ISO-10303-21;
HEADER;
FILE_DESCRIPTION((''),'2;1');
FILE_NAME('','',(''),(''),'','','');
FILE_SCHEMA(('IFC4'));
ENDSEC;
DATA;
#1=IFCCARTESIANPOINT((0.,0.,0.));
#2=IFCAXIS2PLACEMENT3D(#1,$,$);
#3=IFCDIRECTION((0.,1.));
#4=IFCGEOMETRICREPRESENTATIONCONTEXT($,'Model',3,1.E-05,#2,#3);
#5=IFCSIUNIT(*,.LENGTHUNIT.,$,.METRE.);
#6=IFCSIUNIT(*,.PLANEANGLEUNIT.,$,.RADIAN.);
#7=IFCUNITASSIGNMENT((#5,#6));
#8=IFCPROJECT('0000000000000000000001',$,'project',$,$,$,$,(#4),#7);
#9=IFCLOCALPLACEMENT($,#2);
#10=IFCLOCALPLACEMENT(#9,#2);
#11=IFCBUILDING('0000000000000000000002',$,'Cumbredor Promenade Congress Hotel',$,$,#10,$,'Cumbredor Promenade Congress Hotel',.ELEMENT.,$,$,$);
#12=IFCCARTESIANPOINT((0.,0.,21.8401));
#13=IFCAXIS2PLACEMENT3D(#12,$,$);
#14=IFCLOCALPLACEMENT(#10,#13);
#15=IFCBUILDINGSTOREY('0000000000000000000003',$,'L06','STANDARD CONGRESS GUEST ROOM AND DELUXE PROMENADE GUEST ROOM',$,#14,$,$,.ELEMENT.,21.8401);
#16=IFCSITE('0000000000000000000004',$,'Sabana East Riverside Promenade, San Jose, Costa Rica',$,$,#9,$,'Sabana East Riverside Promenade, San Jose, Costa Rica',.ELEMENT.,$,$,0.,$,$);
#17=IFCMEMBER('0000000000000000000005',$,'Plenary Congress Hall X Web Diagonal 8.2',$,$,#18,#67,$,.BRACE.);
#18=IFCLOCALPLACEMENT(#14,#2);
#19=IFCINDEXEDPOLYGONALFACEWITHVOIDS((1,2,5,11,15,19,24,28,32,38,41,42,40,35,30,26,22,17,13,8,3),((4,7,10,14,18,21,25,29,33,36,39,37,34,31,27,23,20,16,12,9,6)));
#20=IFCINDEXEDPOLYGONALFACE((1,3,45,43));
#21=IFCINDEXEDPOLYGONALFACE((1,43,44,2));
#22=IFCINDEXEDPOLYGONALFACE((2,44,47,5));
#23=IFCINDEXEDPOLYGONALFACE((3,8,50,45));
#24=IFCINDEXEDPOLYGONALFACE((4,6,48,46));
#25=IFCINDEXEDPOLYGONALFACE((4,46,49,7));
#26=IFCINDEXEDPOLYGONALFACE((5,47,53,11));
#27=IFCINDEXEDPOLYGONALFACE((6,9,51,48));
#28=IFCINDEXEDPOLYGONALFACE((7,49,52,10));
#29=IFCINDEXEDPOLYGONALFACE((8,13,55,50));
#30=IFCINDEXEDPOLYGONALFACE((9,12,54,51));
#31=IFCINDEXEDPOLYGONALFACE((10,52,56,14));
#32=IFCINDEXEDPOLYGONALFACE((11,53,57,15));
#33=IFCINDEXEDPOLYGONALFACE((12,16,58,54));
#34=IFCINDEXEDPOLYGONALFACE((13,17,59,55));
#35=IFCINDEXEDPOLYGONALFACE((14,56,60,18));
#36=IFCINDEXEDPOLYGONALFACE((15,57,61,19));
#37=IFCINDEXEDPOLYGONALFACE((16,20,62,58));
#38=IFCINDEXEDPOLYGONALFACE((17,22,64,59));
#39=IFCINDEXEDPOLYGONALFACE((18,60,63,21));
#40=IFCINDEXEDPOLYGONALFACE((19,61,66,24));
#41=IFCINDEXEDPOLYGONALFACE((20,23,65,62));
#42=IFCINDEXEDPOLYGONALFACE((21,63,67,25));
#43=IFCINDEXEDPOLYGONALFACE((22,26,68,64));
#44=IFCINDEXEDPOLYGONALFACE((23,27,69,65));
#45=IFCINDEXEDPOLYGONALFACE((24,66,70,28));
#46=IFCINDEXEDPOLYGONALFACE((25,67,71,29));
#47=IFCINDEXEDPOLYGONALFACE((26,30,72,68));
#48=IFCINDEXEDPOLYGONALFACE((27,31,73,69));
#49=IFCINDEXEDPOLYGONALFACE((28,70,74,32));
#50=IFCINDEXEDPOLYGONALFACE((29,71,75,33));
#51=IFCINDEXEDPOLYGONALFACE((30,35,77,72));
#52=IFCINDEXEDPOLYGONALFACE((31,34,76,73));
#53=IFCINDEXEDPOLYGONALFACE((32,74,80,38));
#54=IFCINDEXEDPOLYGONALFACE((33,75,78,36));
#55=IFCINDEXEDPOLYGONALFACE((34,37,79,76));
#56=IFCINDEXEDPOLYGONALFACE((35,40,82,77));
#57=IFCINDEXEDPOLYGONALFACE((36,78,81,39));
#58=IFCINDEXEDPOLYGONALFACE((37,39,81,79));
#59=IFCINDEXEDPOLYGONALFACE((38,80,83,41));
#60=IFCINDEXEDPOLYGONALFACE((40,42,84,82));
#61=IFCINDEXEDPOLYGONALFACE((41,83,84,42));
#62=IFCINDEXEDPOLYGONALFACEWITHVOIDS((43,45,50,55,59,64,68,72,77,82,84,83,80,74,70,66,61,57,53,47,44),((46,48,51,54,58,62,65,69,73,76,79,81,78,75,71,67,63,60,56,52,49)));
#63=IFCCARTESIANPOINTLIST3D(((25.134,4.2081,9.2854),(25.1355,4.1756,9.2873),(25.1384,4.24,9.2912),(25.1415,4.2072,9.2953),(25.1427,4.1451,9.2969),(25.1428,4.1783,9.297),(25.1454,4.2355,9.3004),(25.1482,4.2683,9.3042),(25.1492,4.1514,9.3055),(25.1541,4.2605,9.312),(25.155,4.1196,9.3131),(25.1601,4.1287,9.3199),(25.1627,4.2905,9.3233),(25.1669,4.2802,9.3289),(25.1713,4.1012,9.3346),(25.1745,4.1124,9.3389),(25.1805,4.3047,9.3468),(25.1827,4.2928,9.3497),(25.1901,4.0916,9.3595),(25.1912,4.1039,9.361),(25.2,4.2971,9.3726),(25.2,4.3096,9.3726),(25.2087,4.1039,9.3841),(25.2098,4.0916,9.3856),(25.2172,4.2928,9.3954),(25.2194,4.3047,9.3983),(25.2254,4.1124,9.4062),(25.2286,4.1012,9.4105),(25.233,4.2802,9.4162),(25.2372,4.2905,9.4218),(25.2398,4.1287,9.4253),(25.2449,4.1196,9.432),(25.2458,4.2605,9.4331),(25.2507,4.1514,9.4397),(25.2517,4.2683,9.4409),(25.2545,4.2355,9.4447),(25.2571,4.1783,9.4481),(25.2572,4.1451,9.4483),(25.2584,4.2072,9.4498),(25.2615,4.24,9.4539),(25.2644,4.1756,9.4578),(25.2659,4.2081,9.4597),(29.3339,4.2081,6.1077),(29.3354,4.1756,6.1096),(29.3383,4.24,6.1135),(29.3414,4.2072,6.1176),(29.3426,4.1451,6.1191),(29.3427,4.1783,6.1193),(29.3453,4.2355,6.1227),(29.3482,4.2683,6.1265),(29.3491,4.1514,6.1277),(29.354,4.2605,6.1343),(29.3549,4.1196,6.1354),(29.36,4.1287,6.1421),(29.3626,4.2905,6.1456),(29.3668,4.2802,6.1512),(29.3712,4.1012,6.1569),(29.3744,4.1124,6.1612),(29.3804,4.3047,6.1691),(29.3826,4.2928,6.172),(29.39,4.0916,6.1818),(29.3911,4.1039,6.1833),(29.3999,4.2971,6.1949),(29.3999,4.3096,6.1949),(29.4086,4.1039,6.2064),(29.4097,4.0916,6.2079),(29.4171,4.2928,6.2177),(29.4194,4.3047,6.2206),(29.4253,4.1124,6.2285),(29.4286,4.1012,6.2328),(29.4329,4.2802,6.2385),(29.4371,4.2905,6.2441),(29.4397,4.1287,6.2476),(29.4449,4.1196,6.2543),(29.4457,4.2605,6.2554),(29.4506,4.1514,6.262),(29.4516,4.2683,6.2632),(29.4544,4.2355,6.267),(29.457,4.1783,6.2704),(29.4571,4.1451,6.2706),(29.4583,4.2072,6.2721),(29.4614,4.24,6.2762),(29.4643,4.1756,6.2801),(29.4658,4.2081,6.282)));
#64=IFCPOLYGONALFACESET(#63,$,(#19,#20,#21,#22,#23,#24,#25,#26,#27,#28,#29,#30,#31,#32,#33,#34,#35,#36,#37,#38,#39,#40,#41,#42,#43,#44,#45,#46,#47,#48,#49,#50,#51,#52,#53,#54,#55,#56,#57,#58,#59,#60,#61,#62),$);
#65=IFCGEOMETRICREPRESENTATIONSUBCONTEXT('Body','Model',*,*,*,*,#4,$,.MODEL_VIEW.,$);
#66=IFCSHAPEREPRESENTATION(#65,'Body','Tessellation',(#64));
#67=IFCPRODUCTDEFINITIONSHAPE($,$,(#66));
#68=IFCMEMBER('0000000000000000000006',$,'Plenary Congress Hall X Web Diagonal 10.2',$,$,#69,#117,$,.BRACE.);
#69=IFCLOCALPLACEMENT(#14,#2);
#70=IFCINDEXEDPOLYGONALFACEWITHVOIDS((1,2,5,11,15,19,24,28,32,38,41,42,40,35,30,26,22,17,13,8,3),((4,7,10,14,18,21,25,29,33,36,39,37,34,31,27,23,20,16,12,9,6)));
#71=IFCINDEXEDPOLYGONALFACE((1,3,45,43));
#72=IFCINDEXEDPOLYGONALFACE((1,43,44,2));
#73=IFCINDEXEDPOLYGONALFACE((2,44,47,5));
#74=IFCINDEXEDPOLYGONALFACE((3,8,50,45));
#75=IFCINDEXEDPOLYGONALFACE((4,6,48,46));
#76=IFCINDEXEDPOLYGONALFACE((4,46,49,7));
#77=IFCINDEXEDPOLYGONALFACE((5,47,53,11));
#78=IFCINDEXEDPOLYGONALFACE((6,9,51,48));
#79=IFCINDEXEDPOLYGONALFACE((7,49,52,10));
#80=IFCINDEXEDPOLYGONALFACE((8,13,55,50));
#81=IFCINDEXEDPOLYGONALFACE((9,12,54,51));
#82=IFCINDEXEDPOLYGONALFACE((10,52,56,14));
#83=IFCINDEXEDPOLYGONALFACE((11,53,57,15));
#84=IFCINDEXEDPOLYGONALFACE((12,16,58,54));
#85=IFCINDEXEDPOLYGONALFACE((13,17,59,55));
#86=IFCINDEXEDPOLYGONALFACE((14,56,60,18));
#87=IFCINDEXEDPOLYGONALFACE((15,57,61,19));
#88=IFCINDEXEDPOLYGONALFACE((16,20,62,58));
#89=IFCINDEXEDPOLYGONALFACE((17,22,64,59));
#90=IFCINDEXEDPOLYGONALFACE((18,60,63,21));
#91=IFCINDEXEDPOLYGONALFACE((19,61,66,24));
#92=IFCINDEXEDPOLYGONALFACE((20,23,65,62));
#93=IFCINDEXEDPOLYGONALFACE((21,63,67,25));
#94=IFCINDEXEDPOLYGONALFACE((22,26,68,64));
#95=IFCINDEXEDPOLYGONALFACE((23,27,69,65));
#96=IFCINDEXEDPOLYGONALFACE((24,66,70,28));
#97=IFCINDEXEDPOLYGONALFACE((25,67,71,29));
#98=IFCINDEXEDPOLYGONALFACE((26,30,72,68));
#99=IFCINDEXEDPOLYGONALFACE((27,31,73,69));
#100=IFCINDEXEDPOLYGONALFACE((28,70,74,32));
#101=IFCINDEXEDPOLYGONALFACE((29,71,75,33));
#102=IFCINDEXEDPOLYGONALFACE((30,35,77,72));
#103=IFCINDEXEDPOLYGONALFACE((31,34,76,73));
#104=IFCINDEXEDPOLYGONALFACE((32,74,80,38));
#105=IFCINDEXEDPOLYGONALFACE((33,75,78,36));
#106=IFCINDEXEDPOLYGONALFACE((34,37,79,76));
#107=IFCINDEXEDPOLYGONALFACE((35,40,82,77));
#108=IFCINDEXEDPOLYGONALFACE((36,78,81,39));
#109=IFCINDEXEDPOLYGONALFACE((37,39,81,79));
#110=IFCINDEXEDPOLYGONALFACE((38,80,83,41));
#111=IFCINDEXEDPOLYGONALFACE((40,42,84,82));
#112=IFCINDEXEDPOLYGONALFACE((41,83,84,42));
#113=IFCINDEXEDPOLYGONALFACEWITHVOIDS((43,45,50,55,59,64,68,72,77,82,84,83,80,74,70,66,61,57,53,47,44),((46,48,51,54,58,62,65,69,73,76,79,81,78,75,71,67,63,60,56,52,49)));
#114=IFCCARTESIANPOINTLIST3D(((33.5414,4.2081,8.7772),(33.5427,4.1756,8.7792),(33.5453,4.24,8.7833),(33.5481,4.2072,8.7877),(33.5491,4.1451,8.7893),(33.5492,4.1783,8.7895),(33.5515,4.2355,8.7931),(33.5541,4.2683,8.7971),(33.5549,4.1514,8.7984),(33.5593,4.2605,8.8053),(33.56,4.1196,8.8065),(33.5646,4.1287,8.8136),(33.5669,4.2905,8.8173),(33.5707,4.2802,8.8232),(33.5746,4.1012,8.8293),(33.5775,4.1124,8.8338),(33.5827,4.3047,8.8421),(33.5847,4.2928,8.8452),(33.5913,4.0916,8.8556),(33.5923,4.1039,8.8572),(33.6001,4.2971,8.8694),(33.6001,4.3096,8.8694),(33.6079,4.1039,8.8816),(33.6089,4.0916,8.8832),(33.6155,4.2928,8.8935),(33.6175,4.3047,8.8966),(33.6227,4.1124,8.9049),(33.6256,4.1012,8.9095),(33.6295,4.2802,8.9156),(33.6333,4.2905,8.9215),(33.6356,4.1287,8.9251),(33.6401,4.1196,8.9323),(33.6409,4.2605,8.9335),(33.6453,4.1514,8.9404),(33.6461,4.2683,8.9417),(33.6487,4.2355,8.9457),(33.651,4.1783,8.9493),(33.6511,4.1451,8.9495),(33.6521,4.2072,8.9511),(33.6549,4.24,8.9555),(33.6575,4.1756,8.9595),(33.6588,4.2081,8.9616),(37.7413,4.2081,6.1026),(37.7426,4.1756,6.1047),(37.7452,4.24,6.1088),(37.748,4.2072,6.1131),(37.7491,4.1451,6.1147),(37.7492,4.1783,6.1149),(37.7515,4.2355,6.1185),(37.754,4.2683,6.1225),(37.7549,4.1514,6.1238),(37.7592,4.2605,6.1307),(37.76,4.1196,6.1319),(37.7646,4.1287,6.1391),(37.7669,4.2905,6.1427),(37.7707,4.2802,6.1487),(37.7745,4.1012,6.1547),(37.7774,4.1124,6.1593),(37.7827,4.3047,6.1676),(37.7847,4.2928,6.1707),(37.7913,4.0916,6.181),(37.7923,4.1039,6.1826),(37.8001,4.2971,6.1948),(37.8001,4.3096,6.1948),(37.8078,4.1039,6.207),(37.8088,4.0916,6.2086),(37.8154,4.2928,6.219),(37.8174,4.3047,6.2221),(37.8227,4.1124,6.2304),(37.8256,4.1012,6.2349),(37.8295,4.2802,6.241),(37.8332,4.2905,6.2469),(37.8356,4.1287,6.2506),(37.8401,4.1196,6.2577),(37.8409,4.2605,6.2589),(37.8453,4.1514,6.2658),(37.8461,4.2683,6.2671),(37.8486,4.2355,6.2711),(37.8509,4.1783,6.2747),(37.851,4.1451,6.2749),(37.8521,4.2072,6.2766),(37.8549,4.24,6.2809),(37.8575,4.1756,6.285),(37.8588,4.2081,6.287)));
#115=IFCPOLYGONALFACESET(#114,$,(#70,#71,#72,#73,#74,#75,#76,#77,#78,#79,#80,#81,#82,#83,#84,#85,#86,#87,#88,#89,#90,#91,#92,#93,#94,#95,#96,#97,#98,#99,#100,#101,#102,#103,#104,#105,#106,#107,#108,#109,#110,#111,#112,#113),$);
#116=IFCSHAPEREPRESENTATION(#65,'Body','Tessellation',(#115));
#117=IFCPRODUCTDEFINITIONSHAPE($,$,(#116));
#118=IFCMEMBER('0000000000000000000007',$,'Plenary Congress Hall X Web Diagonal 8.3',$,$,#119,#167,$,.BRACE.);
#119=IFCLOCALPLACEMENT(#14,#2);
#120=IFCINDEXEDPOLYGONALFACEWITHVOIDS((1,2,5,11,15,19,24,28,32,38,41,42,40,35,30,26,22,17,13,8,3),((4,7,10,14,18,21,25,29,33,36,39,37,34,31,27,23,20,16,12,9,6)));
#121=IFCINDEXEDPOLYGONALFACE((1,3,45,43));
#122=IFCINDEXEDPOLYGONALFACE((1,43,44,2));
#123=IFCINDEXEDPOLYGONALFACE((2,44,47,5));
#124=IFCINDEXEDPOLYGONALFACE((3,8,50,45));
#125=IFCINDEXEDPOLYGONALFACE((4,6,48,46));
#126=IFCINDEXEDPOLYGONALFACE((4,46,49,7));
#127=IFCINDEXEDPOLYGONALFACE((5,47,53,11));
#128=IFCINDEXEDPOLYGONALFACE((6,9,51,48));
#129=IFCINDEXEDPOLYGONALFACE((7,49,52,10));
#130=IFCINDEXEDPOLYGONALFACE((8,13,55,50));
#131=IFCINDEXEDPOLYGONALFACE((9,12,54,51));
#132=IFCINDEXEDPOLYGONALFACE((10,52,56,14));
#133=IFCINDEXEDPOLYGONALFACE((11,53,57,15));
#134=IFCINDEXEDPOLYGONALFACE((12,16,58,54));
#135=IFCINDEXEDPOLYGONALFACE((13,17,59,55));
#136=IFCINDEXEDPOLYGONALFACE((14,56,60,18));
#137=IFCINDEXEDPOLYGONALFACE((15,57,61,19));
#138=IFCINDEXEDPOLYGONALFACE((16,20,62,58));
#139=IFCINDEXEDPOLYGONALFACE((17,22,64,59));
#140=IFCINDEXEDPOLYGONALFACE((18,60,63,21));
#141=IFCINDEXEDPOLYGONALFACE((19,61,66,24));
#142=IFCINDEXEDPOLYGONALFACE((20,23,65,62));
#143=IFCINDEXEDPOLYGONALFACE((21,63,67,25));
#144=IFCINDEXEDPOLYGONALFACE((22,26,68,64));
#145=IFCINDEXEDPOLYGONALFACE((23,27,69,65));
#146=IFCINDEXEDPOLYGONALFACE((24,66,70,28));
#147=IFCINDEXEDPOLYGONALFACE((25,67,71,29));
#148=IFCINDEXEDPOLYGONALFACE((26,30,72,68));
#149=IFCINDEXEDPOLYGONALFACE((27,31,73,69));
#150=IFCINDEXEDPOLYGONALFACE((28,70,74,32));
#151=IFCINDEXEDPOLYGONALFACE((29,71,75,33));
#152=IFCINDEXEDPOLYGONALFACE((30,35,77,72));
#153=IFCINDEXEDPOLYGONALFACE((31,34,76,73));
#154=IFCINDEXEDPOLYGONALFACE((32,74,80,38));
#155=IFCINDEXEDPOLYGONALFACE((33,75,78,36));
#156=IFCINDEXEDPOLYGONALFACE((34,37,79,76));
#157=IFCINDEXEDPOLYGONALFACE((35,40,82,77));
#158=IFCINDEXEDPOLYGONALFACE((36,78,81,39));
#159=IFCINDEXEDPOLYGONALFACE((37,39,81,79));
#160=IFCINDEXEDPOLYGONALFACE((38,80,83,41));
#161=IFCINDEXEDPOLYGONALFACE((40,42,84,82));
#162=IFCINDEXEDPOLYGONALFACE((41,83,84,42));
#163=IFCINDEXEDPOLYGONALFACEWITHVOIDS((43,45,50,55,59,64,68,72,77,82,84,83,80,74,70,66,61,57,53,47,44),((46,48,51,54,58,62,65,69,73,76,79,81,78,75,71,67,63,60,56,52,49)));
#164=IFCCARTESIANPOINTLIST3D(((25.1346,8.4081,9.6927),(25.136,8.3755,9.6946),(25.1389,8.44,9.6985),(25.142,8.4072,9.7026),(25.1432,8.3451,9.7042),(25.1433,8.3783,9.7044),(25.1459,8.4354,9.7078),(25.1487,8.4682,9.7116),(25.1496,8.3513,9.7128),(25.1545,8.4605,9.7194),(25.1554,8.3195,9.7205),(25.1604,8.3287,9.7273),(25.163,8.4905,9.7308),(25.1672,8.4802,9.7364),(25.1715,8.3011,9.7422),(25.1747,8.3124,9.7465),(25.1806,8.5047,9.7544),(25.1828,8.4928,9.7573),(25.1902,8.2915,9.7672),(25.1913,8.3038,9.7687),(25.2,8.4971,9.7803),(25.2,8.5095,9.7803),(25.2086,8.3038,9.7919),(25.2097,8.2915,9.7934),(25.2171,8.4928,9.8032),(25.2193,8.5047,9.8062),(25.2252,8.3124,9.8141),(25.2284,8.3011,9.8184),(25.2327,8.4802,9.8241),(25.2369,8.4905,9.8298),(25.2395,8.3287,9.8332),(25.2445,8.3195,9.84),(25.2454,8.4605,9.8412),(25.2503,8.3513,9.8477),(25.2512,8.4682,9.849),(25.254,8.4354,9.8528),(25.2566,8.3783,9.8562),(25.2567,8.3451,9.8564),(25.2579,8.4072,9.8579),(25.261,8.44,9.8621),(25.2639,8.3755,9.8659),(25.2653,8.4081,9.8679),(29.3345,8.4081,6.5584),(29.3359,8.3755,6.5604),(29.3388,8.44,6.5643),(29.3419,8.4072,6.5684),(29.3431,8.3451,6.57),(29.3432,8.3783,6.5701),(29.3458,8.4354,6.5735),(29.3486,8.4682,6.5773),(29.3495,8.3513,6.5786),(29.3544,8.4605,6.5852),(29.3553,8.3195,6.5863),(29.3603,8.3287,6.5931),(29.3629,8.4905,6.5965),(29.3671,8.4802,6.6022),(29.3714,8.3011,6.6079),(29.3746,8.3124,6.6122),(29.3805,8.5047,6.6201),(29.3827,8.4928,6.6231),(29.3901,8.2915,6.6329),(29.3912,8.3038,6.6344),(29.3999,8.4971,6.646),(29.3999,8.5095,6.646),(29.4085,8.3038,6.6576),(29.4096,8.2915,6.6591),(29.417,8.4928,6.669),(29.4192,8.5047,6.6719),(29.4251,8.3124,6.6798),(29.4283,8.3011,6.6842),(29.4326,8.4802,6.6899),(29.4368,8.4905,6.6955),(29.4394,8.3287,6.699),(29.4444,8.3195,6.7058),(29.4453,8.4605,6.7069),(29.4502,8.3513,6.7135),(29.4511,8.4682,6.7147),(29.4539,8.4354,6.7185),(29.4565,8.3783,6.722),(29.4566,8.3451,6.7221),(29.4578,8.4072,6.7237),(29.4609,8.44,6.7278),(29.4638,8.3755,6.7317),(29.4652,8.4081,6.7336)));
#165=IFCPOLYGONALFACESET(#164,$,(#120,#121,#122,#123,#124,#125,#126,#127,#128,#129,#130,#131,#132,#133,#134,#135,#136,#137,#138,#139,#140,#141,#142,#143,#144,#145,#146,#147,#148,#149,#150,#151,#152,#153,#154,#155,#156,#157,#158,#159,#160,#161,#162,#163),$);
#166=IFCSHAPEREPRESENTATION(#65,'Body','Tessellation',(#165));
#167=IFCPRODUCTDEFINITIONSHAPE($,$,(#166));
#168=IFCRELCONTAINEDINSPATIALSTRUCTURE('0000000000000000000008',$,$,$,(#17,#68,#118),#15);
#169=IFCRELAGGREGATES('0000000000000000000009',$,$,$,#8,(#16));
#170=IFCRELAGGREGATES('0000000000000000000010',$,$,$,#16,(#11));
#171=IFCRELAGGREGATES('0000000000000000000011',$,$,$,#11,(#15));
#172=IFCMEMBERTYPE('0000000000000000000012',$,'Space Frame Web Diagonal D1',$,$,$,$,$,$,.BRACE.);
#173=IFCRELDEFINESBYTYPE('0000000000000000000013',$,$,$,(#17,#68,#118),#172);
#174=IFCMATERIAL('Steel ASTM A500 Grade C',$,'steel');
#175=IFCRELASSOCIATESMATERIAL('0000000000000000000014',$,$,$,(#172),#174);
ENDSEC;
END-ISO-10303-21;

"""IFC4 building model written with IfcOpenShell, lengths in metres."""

from ifc_helpers import new_model, si_unit, direction, frame, origin, origin_2d, place, context, subcontext, project, spatial, hollow_circle, extrude, material, material_profile, profile_set, type_object, element, save


model = new_model("IFC4")

# Units and contexts
model_context = context("Model", 3, precision=1e-05, world=origin(), true_north=direction((0.0, 1.0)))
body_context = subcontext(model_context, "Body", "Model", "MODEL_VIEW")
ifc_project = project(units=[si_unit("LENGTHUNIT", "METRE"), si_unit("PLANEANGLEUNIT", "RADIAN")], contexts=[model_context])

# Site, building, storey
site_placement = place(None, origin())
site = spatial("IfcSite", under=ifc_project, at=site_placement, Name="Sabana East Riverside Promenade, San Jose, Costa Rica", LongName="Sabana East Riverside Promenade, San Jose, Costa Rica", CompositionType="ELEMENT", RefElevation=0.0)
building_placement = place(site_placement, origin())
building = spatial("IfcBuilding", under=site, at=building_placement, Name="Cumbredor Promenade Congress Hotel", LongName="Cumbredor Promenade Congress Hotel", CompositionType="ELEMENT")
storey_placement = place(building_placement, frame((0.0, 0.0, 21.8401)))
storey = spatial("IfcBuildingStorey", under=building, at=storey_placement, Name="L06", Description="STANDARD CONGRESS GUEST ROOM AND DELUXE PROMENADE GUEST ROOM", CompositionType="ELEMENT", Elevation=21.8401)

# Members
ifc_material_1 = material(Name="Steel ASTM A500 Grade C", Category="steel")
ifc_material_profile_1 = material_profile(ifc_material_1, hollow_circle(Radius=0.1096, WallThickness=0.0125, at=origin_2d()), Name="CHS 219.1x12.5")
ifc_profile_set_1 = profile_set([ifc_material_profile_1], Name="Steel ASTM A500 Grade C")
member_type_1 = type_object("IfcMemberType", Name="Space Frame Web Diagonal D1", PredefinedType="BRACE", material=ifc_profile_set_1)
member_1_placement = place(storey_placement, frame((25.2, 4.2, 9.3726), z_axis=(0.797462, 0.0, -0.603369), x_axis=(0.0, 1.0, 0.0)))
element("IfcMember", 1, at=member_1_placement, inside=storey, type_object=member_type_1, Name="Plenary Congress Hall X Web Diagonal 8.2", PredefinedType="BRACE", context=body_context, shape_type="SweptSolid", body=[
    extrude(hollow_circle(Radius=0.1096, WallThickness=0.0125, at=origin_2d()), origin(), (0.0, 0.0, 1.0), 5.2666),
])
member_2_placement = place(storey_placement, frame((33.6001, 4.2, 8.8694), z_axis=(0.843492, 0.0, -0.537142), x_axis=(0.0, 1.0, 0.0)))
element("IfcMember", 2, at=member_2_placement, inside=storey, type_object=member_type_1, Name="Plenary Congress Hall X Web Diagonal 10.2", PredefinedType="BRACE", context=body_context, shape_type="SweptSolid", body=[
    extrude(hollow_circle(Radius=0.1096, WallThickness=0.0125, at=origin_2d()), origin(), (0.0, 0.0, 1.0), 4.9792),
])
member_3_placement = place(storey_placement, frame((25.2, 8.3999, 9.7803), z_axis=(0.801434, 0.0, -0.598083), x_axis=(0.0, 1.0, 0.0)))
element("IfcMember", 3, at=member_3_placement, inside=storey, type_object=member_type_1, Name="Plenary Congress Hall X Web Diagonal 8.3", PredefinedType="BRACE", context=body_context, shape_type="SweptSolid", body=[
    extrude(hollow_circle(Radius=0.1096, WallThickness=0.0125, at=origin_2d()), origin(), (0.0, 0.0, 1.0), 5.2405),
])

save(model, "model.ifc")
